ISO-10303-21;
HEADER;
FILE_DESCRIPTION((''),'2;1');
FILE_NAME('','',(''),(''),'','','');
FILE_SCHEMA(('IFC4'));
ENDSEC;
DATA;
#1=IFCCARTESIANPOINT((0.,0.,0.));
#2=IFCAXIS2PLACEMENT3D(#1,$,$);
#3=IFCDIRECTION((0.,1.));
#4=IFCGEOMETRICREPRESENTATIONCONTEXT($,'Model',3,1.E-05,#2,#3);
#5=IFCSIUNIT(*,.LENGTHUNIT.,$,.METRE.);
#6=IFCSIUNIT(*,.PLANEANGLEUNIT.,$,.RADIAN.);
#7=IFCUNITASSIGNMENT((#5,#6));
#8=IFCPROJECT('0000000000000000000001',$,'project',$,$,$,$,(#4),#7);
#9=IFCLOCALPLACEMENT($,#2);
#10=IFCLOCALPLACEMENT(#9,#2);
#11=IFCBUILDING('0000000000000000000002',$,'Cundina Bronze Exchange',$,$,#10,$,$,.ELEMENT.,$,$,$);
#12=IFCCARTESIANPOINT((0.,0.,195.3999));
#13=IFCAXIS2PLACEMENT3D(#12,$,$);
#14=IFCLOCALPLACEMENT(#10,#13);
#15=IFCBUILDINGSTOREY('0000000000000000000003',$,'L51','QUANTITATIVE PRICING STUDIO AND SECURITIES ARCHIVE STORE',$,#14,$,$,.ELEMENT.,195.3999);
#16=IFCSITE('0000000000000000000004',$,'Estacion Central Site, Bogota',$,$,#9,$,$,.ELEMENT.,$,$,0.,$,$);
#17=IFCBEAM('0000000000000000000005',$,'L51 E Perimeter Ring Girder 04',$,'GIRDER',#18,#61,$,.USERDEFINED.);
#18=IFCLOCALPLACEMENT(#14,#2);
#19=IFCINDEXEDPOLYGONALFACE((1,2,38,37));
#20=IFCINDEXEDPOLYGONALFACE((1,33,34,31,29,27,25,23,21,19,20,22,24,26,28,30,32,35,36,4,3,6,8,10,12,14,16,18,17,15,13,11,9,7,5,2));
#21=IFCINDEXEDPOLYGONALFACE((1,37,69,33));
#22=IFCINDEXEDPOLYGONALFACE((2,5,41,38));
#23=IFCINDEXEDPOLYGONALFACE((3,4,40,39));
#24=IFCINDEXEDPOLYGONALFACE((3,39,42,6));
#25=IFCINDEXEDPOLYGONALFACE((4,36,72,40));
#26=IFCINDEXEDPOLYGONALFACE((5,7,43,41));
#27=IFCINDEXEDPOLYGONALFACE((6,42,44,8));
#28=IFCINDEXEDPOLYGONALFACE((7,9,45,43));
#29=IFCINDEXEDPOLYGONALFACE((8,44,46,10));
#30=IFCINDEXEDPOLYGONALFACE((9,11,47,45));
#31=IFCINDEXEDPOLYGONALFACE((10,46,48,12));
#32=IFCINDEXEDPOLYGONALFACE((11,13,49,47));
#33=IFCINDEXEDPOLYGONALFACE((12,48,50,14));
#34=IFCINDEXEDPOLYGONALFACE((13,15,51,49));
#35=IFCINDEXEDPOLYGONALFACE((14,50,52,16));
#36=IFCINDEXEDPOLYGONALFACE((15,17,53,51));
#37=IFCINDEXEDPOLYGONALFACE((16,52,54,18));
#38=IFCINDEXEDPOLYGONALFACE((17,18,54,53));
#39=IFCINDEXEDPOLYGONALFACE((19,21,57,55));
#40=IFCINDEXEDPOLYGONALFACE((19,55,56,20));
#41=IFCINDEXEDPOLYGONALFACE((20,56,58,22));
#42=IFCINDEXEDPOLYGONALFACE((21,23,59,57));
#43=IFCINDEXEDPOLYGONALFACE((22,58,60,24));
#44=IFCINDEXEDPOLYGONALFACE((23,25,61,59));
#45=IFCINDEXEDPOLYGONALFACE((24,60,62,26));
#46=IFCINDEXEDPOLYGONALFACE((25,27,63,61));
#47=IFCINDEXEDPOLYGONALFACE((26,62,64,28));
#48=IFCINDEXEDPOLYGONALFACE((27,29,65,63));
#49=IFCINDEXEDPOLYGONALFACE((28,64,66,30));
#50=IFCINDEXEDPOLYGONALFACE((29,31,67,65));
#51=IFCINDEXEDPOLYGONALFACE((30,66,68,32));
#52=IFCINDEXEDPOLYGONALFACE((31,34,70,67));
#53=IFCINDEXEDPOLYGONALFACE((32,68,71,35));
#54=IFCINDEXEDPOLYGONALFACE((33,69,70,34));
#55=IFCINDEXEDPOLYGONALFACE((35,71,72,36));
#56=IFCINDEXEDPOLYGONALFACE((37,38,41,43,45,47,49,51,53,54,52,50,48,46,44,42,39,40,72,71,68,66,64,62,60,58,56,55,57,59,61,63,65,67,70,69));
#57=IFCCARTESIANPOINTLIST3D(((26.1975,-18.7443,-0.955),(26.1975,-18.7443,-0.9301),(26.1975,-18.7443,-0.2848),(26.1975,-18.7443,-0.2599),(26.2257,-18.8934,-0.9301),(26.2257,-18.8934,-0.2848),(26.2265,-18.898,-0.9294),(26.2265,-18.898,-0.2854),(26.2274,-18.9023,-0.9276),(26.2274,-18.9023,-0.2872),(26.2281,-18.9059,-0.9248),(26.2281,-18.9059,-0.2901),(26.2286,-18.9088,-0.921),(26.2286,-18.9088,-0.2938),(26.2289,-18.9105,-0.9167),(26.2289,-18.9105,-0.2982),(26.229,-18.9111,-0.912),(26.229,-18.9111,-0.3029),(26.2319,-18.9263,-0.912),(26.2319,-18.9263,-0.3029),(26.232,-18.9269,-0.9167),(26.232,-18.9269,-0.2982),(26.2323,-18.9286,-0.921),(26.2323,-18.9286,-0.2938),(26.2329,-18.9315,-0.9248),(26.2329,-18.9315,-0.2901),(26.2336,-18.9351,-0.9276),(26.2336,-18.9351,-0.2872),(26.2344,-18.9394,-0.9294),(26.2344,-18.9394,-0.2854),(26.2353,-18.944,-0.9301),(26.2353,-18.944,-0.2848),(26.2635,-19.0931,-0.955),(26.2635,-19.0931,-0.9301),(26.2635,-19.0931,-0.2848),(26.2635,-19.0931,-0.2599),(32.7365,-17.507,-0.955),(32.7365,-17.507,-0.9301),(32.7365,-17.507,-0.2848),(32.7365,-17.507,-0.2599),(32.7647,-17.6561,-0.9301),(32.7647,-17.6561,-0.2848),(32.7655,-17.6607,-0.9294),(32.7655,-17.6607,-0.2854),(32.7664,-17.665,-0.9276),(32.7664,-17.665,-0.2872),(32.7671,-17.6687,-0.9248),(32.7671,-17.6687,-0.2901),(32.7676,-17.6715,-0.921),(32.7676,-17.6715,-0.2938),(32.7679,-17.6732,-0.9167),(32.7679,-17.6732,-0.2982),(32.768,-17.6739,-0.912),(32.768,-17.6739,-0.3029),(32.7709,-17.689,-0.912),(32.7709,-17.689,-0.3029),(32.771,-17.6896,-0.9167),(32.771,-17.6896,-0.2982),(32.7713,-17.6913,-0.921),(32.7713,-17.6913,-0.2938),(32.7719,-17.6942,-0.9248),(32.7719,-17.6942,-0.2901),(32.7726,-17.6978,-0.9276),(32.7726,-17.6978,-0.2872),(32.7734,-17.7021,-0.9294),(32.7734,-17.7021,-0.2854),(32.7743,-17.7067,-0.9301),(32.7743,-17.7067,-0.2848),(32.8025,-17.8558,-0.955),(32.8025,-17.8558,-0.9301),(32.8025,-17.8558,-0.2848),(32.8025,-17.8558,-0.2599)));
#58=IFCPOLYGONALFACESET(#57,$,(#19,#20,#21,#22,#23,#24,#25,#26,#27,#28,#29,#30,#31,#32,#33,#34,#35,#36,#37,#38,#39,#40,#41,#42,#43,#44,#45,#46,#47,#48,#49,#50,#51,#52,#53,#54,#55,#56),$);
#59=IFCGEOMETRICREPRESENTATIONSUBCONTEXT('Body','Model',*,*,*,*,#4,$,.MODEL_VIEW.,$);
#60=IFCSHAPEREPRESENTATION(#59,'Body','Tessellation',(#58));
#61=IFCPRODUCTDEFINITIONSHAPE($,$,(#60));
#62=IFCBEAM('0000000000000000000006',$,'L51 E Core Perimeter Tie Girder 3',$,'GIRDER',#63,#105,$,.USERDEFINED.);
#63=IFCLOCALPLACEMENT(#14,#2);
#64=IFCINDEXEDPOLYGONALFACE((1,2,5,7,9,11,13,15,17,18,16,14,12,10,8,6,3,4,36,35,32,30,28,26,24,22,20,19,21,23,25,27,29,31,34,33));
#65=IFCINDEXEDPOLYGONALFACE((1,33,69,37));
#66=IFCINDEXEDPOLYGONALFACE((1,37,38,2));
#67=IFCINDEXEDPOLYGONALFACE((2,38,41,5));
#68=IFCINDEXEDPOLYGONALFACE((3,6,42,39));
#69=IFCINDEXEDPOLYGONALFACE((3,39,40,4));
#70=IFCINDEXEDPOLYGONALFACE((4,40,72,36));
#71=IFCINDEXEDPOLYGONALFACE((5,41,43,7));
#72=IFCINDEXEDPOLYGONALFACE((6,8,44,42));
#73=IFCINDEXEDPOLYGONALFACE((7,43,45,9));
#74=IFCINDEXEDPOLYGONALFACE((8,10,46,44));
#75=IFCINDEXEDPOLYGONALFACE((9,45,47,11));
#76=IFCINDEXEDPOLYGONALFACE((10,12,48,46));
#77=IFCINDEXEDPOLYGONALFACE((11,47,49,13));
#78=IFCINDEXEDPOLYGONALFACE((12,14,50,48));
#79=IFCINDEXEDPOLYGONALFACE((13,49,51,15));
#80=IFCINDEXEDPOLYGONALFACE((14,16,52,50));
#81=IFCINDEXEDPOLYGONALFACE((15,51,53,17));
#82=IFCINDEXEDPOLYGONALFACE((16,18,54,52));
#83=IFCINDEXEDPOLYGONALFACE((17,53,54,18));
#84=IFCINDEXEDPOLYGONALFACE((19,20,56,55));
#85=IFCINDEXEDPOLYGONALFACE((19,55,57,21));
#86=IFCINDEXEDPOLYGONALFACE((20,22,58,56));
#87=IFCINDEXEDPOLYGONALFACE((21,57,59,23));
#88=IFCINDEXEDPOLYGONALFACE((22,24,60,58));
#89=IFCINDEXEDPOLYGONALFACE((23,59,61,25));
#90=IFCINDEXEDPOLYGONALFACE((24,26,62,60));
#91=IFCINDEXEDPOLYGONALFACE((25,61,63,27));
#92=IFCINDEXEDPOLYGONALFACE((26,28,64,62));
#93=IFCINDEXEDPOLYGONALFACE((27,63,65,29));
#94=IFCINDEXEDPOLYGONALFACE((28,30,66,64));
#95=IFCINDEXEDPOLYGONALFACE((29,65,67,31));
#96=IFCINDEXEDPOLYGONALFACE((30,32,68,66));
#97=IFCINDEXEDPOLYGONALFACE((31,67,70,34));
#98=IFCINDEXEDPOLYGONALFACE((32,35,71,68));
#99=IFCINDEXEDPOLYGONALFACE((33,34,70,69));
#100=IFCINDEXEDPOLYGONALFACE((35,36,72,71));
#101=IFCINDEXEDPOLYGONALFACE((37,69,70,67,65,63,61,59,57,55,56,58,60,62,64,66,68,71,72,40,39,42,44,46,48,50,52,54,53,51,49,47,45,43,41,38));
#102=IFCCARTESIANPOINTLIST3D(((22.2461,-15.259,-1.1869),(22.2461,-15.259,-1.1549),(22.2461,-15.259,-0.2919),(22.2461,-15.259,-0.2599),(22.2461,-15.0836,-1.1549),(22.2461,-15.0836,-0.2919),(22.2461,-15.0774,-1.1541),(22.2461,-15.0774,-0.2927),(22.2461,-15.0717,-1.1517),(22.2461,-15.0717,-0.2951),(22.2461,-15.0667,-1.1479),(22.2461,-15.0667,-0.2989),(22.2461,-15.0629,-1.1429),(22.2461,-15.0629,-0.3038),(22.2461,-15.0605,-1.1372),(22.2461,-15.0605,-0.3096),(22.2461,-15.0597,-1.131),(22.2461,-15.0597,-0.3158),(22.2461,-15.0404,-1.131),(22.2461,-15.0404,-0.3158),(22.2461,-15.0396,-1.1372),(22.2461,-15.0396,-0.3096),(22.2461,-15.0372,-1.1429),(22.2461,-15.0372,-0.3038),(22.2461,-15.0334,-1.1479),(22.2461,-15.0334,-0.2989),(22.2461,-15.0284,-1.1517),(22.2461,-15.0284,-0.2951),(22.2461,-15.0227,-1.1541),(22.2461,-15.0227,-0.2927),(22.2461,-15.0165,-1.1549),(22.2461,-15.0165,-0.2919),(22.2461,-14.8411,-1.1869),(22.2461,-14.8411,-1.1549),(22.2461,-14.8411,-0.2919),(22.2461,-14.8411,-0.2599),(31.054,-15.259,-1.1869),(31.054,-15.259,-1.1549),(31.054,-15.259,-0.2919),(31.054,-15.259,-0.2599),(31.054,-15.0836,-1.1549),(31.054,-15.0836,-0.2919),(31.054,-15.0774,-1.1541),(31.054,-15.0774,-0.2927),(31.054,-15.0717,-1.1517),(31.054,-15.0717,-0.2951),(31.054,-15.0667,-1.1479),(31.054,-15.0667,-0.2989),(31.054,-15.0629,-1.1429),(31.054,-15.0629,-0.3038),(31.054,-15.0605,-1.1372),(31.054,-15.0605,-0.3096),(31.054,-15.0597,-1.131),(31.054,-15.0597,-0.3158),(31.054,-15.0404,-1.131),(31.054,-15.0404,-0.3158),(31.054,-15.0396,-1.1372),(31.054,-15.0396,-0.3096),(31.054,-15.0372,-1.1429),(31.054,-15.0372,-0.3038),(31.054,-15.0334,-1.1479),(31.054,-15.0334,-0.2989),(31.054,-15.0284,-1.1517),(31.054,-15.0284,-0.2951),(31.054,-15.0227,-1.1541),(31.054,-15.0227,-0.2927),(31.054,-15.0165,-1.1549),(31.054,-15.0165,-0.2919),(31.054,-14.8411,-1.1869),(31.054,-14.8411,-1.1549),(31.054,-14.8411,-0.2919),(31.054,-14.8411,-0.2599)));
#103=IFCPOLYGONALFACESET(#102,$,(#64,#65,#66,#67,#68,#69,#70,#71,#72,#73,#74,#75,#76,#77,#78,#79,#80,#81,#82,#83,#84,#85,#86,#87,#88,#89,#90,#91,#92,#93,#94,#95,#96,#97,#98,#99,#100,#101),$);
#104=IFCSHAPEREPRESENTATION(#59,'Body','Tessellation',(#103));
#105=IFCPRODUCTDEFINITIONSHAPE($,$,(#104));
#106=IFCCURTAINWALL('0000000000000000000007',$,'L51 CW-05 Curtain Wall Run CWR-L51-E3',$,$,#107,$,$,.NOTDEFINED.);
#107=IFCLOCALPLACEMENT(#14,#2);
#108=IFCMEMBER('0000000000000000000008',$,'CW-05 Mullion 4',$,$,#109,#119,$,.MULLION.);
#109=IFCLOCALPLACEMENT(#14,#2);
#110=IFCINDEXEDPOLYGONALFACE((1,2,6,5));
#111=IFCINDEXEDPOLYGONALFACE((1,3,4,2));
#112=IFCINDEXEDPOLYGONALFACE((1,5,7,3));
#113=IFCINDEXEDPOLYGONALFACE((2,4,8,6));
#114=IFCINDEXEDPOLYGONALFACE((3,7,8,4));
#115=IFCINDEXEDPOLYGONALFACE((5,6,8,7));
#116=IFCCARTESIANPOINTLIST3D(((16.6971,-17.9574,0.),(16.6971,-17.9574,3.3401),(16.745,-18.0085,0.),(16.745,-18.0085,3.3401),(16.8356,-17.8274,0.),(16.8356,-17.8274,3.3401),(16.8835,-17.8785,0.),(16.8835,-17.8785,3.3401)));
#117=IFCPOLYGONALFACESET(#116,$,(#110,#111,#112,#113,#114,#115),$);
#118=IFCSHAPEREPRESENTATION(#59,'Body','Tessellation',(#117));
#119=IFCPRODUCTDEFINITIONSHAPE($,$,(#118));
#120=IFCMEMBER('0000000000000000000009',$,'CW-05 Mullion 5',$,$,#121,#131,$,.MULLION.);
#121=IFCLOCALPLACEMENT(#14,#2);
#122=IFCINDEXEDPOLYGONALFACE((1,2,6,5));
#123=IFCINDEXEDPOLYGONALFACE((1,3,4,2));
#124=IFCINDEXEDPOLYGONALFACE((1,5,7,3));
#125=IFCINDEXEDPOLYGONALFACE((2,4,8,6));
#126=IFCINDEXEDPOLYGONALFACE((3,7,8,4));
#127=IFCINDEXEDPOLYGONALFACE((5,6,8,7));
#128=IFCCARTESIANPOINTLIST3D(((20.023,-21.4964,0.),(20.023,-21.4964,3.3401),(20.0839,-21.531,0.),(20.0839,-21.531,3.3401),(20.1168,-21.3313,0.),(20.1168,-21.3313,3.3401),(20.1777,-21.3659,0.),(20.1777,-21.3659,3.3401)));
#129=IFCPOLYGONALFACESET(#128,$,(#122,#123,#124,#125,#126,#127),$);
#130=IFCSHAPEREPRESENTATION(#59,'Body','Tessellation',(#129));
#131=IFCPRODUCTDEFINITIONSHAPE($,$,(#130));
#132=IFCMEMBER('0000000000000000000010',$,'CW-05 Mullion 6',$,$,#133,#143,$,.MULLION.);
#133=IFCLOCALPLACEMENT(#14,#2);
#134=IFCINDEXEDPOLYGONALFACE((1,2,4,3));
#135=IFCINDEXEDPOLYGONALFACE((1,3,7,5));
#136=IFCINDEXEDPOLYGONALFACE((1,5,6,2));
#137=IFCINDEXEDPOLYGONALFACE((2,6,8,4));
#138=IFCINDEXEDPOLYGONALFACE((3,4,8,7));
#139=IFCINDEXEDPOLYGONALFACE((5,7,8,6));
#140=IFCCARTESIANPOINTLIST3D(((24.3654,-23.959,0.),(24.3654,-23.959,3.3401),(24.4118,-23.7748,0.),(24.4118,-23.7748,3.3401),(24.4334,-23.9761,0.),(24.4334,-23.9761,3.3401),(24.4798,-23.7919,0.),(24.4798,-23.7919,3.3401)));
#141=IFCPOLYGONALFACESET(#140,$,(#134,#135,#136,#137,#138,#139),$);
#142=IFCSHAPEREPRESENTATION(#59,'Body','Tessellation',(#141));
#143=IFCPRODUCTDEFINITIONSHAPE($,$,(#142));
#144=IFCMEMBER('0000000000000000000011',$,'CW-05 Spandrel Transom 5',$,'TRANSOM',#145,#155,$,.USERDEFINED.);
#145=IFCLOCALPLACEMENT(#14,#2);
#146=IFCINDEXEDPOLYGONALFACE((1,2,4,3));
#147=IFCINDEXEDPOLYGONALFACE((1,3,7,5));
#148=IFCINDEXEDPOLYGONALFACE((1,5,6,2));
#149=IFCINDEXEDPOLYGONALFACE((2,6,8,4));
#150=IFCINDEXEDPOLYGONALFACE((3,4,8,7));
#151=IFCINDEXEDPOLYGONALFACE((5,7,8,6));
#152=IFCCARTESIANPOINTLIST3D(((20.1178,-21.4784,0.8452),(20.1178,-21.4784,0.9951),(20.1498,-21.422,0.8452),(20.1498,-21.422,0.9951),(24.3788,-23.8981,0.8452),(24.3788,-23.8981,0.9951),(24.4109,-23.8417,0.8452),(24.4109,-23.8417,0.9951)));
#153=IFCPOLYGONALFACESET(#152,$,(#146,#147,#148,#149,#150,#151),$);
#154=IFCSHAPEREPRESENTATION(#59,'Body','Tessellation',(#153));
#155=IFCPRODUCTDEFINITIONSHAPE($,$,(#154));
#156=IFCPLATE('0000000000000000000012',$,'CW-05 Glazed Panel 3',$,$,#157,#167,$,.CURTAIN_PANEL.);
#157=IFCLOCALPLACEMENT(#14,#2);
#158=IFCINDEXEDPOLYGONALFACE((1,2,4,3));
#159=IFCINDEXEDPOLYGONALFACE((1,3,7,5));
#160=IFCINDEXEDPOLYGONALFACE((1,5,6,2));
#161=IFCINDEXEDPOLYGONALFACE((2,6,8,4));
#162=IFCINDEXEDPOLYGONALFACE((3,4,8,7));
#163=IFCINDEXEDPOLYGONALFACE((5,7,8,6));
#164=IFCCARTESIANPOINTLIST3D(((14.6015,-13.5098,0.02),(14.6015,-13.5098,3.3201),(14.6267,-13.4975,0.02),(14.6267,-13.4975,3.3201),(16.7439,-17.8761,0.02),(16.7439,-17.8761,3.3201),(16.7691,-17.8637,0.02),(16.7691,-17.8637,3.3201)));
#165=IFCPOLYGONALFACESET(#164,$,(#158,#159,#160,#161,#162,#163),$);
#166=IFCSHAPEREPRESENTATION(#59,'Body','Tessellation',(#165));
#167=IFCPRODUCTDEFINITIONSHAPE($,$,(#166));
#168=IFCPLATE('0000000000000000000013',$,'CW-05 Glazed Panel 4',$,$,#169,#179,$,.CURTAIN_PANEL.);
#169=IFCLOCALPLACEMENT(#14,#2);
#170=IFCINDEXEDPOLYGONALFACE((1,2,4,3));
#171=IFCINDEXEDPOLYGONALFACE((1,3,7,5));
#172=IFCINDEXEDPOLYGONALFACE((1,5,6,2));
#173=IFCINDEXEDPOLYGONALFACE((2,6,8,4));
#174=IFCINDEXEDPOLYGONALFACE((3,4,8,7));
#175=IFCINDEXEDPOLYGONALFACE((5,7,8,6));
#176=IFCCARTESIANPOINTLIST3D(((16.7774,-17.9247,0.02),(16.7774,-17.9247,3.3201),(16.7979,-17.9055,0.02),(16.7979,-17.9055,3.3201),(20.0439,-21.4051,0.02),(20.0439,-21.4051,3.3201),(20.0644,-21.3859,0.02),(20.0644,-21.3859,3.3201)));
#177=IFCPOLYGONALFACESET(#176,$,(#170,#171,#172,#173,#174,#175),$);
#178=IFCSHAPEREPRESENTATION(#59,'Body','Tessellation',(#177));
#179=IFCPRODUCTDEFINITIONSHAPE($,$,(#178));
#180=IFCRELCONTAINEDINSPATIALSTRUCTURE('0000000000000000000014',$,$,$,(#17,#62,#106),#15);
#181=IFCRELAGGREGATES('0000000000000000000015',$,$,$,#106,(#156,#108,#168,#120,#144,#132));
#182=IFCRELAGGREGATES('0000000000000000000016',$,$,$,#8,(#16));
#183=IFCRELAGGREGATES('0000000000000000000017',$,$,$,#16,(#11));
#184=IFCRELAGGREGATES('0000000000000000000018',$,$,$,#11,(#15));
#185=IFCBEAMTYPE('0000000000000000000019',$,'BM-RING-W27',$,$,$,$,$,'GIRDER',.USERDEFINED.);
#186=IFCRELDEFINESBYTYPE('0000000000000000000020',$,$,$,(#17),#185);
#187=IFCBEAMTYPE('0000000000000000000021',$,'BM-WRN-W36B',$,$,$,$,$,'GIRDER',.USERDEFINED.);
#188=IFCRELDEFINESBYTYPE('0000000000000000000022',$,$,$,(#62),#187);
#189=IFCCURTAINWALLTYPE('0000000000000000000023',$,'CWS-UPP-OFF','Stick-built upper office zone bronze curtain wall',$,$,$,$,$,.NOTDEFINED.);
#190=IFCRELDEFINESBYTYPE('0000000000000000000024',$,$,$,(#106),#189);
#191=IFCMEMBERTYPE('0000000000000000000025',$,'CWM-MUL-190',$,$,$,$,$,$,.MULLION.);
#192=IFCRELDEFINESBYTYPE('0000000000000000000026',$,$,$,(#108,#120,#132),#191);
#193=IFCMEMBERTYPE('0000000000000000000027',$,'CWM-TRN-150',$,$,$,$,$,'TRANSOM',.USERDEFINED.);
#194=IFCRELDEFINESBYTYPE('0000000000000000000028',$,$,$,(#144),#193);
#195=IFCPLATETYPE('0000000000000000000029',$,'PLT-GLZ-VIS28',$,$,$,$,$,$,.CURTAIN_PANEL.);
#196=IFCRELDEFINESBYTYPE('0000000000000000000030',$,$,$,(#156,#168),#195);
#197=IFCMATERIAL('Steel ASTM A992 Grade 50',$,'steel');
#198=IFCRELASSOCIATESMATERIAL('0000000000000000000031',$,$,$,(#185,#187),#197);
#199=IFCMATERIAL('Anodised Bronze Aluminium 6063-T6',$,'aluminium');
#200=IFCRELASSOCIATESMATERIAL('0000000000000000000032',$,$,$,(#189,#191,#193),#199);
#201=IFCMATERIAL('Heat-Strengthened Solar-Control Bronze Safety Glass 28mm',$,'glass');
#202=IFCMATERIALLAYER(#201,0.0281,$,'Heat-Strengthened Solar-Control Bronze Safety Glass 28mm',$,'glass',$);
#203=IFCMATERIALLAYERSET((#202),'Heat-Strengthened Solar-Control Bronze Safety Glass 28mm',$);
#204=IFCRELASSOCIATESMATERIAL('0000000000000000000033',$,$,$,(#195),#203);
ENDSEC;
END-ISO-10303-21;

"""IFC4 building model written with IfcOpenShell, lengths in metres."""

from ifc_helpers import new_model, si_unit, direction, frame, origin, origin_2d, place, context, subcontext, project, spatial, rectangle, i_section, extrude, material, layer, layer_set, material_profile, profile_set, type_object, element, aggregate, save


model = new_model("IFC4")

# Units and contexts
model_context = context("Model", 3, precision=1e-05, world=origin(), true_north=direction((0.0, 1.0)))
body_context = subcontext(model_context, "Body", "Model", "MODEL_VIEW")
ifc_project = project(units=[si_unit("LENGTHUNIT", "METRE"), si_unit("PLANEANGLEUNIT", "RADIAN")], contexts=[model_context])

# Site, building, storey
site_placement = place(None, origin())
site = spatial("IfcSite", under=ifc_project, at=site_placement, Name="Estacion Central Site, Bogota", CompositionType="ELEMENT", RefElevation=0.0)
building_placement = place(site_placement, origin())
building = spatial("IfcBuilding", under=site, at=building_placement, Name="Cundina Bronze Exchange", CompositionType="ELEMENT")
storey_placement = place(building_placement, frame((0.0, 0.0, 195.3999)))
storey = spatial("IfcBuildingStorey", under=building, at=storey_placement, Name="L51", Description="QUANTITATIVE PRICING STUDIO AND SECURITIES ARCHIVE STORE", CompositionType="ELEMENT", Elevation=195.3999)

# Shared definitions
ifc_material_1 = material(Name="Steel ASTM A992 Grade 50", Category="steel")

# Beams
ifc_material_profile_1 = material_profile(ifc_material_1, i_section(OverallWidth=0.355, OverallDepth=0.6951, WebThickness=0.0154, FlangeThickness=0.0249, FilletRadius=0.0181, at=origin_2d()), Name="W27X146", Category="steel")
ifc_profile_set_1 = profile_set([ifc_material_profile_1], Name="Steel ASTM A992 Grade 50")
beam_type_1 = type_object("IfcBeamType", Name="BM-RING-W27", ElementType="GIRDER", PredefinedType="USERDEFINED", material=ifc_profile_set_1)
beam_1_placement = place(storey_placement, frame((26.2305, -18.9187, -0.6074), z_axis=(0.982565, 0.185918, 0.0), x_axis=(-0.185918, 0.982565, 0.0)))
element("IfcBeam", 1, at=beam_1_placement, inside=storey, type_object=beam_type_1, Name="L51 E Perimeter Ring Girder 04", ObjectType="GIRDER", PredefinedType="USERDEFINED", context=body_context, shape_type="SweptSolid", body=[
    extrude(i_section(OverallWidth=0.355, OverallDepth=0.6951, WebThickness=0.0154, FlangeThickness=0.0249, FilletRadius=0.0181, at=origin_2d()), origin(), (0.0, 0.0, 1.0), 6.655),
])
ifc_material_profile_2 = material_profile(ifc_material_1, i_section(OverallWidth=0.418, OverallDepth=0.927, WebThickness=0.0193, FlangeThickness=0.032, FilletRadius=0.0239, at=origin_2d()), Name="W36X231", Category="steel")
ifc_profile_set_2 = profile_set([ifc_material_profile_2], Name="Steel ASTM A992 Grade 50")
beam_type_2 = type_object("IfcBeamType", Name="BM-WRN-W36B", ElementType="GIRDER", PredefinedType="USERDEFINED", material=ifc_profile_set_2)
beam_2_placement = place(storey_placement, frame((22.2461, -15.05, -0.7234), z_axis=(1.0, 0.0, 0.0), x_axis=(0.0, 1.0, 0.0)))
element("IfcBeam", 2, at=beam_2_placement, inside=storey, type_object=beam_type_2, Name="L51 E Core Perimeter Tie Girder 3", ObjectType="GIRDER", PredefinedType="USERDEFINED", context=body_context, shape_type="SweptSolid", body=[
    extrude(i_section(OverallWidth=0.418, OverallDepth=0.927, WebThickness=0.0193, FlangeThickness=0.032, FilletRadius=0.0239, at=origin_2d()), origin(), (0.0, 0.0, 1.0), 8.8079),
])

# Curtain wall, members, plates
ifc_material_2 = material(Name="Anodised Bronze Aluminium 6063-T6", Category="aluminium")
curtain_wall_type = type_object("IfcCurtainWallType", Name="CWS-UPP-OFF", Description="Stick-built upper office zone bronze curtain wall", PredefinedType="NOTDEFINED", material=ifc_material_2)
curtain_wall_placement = place(storey_placement, origin())
curtain_wall = element("IfcCurtainWall", 3, at=curtain_wall_placement, inside=storey, type_object=curtain_wall_type, Name="L51 CW-05 Curtain Wall Run CWR-L51-E3", PredefinedType="NOTDEFINED")
ifc_material_profile_3 = material_profile(ifc_material_2, rectangle(XDim=0.0701, YDim=0.1899, at=origin_2d()), Name="AL70X190", Category="aluminium")
ifc_profile_set_3 = profile_set([ifc_material_profile_3], Name="Anodised Bronze Aluminium 6063-T6")
member_type_1 = type_object("IfcMemberType", Name="CWM-MUL-190", PredefinedType="MULLION", material=ifc_profile_set_3)
member_1_placement = place(storey_placement, frame((16.7903, -17.918, 0.0), z_axis=(0.0, 0.0, 1.0), x_axis=(0.684293, -0.729208, 0.0)))
member_1 = element("IfcMember", 4, at=member_1_placement, type_object=member_type_1, Name="CW-05 Mullion 4", PredefinedType="MULLION", context=body_context, shape_type="SweptSolid", body=[
    extrude(rectangle(XDim=0.0701, YDim=0.1899, at=origin_2d()), origin(), (0.0, 0.0, 1.0), 3.3401),
])
member_2_placement = place(storey_placement, frame((20.1003, -21.4312, 0.0), z_axis=(0.0, 0.0, 1.0), x_axis=(0.869581, -0.49379, 0.0)))
member_2 = element("IfcMember", 5, at=member_2_placement, type_object=member_type_1, Name="CW-05 Mullion 5", PredefinedType="MULLION", context=body_context, shape_type="SweptSolid", body=[
    extrude(rectangle(XDim=0.0701, YDim=0.1899, at=origin_2d()), origin(), (0.0, 0.0, 1.0), 3.3401),
])
member_3_placement = place(storey_placement, frame((24.4226, -23.8755, 0.0), z_axis=(0.0, 0.0, 1.0), x_axis=(0.969744, -0.244123, 0.0)))
member_3 = element("IfcMember", 6, at=member_3_placement, type_object=member_type_1, Name="CW-05 Mullion 6", PredefinedType="MULLION", context=body_context, shape_type="SweptSolid", body=[
    extrude(rectangle(XDim=0.0701, YDim=0.1899, at=origin_2d()), origin(), (0.0, 0.0, 1.0), 3.3401),
])
ifc_material_profile_4 = material_profile(ifc_material_2, rectangle(XDim=0.0649, YDim=0.1499, at=origin_2d()), Name="AL65X150", Category="aluminium")
ifc_profile_set_4 = profile_set([ifc_material_profile_4], Name="Anodised Bronze Aluminium 6063-T6")
member_type_2 = type_object("IfcMemberType", Name="CWM-TRN-150", ElementType="TRANSOM", PredefinedType="USERDEFINED", material=ifc_profile_set_4)
member_4_placement = place(storey_placement, frame((20.1338, -21.4502, 0.9202), z_axis=(0.869574, -0.493803, 0.0), x_axis=(0.493803, 0.869574, 0.0)))
member_4 = element("IfcMember", 7, at=member_4_placement, type_object=member_type_2, Name="CW-05 Spandrel Transom 5", ObjectType="TRANSOM", PredefinedType="USERDEFINED", context=body_context, shape_type="SweptSolid", body=[
    extrude(rectangle(XDim=0.0649, YDim=0.1499, at=origin_2d()), origin(), (0.0, 0.0, 1.0), 4.9001),
])
ifc_material_3 = material(Name="Heat-Strengthened Solar-Control Bronze Safety Glass 28mm", Category="glass")
ifc_layer_1 = layer(ifc_material_3, 0.0281, Name="Heat-Strengthened Solar-Control Bronze Safety Glass 28mm", Category="glass")
ifc_layer_set_1 = layer_set([ifc_layer_1], Name="Heat-Strengthened Solar-Control Bronze Safety Glass 28mm")
plate_type = type_object("IfcPlateType", Name="PLT-GLZ-VIS28", PredefinedType="CURTAIN_PANEL", material=ifc_layer_set_1)
plate_1_placement = place(storey_placement, frame((15.6853, -15.6868, 0.02), z_axis=(0.0, 0.0, 1.0), x_axis=(0.440503, -0.897751, 0.0)))
plate_1 = element("IfcPlate", 8, at=plate_1_placement, type_object=plate_type, Name="CW-05 Glazed Panel 3", PredefinedType="CURTAIN_PANEL", context=body_context, shape_type="SweptSolid", body=[
    extrude(rectangle(XDim=4.8635, YDim=0.0281, at=origin_2d()), origin(), (0.0, 0.0, 1.0), 3.3),
])
plate_2_placement = place(storey_placement, frame((18.4209, -19.6553, 0.02), z_axis=(0.0, 0.0, 1.0), x_axis=(0.684344, -0.72916, 0.0)))
plate_2 = element("IfcPlate", 9, at=plate_2_placement, type_object=plate_type, Name="CW-05 Glazed Panel 4", PredefinedType="CURTAIN_PANEL", context=body_context, shape_type="SweptSolid", body=[
    extrude(rectangle(XDim=4.7732, YDim=0.0281, at=origin_2d()), origin(), (0.0, 0.0, 1.0), 3.3),
])
aggregate(curtain_wall, [plate_1, member_1, plate_2, member_2, member_4, member_3])

save(model, "model.ifc")
